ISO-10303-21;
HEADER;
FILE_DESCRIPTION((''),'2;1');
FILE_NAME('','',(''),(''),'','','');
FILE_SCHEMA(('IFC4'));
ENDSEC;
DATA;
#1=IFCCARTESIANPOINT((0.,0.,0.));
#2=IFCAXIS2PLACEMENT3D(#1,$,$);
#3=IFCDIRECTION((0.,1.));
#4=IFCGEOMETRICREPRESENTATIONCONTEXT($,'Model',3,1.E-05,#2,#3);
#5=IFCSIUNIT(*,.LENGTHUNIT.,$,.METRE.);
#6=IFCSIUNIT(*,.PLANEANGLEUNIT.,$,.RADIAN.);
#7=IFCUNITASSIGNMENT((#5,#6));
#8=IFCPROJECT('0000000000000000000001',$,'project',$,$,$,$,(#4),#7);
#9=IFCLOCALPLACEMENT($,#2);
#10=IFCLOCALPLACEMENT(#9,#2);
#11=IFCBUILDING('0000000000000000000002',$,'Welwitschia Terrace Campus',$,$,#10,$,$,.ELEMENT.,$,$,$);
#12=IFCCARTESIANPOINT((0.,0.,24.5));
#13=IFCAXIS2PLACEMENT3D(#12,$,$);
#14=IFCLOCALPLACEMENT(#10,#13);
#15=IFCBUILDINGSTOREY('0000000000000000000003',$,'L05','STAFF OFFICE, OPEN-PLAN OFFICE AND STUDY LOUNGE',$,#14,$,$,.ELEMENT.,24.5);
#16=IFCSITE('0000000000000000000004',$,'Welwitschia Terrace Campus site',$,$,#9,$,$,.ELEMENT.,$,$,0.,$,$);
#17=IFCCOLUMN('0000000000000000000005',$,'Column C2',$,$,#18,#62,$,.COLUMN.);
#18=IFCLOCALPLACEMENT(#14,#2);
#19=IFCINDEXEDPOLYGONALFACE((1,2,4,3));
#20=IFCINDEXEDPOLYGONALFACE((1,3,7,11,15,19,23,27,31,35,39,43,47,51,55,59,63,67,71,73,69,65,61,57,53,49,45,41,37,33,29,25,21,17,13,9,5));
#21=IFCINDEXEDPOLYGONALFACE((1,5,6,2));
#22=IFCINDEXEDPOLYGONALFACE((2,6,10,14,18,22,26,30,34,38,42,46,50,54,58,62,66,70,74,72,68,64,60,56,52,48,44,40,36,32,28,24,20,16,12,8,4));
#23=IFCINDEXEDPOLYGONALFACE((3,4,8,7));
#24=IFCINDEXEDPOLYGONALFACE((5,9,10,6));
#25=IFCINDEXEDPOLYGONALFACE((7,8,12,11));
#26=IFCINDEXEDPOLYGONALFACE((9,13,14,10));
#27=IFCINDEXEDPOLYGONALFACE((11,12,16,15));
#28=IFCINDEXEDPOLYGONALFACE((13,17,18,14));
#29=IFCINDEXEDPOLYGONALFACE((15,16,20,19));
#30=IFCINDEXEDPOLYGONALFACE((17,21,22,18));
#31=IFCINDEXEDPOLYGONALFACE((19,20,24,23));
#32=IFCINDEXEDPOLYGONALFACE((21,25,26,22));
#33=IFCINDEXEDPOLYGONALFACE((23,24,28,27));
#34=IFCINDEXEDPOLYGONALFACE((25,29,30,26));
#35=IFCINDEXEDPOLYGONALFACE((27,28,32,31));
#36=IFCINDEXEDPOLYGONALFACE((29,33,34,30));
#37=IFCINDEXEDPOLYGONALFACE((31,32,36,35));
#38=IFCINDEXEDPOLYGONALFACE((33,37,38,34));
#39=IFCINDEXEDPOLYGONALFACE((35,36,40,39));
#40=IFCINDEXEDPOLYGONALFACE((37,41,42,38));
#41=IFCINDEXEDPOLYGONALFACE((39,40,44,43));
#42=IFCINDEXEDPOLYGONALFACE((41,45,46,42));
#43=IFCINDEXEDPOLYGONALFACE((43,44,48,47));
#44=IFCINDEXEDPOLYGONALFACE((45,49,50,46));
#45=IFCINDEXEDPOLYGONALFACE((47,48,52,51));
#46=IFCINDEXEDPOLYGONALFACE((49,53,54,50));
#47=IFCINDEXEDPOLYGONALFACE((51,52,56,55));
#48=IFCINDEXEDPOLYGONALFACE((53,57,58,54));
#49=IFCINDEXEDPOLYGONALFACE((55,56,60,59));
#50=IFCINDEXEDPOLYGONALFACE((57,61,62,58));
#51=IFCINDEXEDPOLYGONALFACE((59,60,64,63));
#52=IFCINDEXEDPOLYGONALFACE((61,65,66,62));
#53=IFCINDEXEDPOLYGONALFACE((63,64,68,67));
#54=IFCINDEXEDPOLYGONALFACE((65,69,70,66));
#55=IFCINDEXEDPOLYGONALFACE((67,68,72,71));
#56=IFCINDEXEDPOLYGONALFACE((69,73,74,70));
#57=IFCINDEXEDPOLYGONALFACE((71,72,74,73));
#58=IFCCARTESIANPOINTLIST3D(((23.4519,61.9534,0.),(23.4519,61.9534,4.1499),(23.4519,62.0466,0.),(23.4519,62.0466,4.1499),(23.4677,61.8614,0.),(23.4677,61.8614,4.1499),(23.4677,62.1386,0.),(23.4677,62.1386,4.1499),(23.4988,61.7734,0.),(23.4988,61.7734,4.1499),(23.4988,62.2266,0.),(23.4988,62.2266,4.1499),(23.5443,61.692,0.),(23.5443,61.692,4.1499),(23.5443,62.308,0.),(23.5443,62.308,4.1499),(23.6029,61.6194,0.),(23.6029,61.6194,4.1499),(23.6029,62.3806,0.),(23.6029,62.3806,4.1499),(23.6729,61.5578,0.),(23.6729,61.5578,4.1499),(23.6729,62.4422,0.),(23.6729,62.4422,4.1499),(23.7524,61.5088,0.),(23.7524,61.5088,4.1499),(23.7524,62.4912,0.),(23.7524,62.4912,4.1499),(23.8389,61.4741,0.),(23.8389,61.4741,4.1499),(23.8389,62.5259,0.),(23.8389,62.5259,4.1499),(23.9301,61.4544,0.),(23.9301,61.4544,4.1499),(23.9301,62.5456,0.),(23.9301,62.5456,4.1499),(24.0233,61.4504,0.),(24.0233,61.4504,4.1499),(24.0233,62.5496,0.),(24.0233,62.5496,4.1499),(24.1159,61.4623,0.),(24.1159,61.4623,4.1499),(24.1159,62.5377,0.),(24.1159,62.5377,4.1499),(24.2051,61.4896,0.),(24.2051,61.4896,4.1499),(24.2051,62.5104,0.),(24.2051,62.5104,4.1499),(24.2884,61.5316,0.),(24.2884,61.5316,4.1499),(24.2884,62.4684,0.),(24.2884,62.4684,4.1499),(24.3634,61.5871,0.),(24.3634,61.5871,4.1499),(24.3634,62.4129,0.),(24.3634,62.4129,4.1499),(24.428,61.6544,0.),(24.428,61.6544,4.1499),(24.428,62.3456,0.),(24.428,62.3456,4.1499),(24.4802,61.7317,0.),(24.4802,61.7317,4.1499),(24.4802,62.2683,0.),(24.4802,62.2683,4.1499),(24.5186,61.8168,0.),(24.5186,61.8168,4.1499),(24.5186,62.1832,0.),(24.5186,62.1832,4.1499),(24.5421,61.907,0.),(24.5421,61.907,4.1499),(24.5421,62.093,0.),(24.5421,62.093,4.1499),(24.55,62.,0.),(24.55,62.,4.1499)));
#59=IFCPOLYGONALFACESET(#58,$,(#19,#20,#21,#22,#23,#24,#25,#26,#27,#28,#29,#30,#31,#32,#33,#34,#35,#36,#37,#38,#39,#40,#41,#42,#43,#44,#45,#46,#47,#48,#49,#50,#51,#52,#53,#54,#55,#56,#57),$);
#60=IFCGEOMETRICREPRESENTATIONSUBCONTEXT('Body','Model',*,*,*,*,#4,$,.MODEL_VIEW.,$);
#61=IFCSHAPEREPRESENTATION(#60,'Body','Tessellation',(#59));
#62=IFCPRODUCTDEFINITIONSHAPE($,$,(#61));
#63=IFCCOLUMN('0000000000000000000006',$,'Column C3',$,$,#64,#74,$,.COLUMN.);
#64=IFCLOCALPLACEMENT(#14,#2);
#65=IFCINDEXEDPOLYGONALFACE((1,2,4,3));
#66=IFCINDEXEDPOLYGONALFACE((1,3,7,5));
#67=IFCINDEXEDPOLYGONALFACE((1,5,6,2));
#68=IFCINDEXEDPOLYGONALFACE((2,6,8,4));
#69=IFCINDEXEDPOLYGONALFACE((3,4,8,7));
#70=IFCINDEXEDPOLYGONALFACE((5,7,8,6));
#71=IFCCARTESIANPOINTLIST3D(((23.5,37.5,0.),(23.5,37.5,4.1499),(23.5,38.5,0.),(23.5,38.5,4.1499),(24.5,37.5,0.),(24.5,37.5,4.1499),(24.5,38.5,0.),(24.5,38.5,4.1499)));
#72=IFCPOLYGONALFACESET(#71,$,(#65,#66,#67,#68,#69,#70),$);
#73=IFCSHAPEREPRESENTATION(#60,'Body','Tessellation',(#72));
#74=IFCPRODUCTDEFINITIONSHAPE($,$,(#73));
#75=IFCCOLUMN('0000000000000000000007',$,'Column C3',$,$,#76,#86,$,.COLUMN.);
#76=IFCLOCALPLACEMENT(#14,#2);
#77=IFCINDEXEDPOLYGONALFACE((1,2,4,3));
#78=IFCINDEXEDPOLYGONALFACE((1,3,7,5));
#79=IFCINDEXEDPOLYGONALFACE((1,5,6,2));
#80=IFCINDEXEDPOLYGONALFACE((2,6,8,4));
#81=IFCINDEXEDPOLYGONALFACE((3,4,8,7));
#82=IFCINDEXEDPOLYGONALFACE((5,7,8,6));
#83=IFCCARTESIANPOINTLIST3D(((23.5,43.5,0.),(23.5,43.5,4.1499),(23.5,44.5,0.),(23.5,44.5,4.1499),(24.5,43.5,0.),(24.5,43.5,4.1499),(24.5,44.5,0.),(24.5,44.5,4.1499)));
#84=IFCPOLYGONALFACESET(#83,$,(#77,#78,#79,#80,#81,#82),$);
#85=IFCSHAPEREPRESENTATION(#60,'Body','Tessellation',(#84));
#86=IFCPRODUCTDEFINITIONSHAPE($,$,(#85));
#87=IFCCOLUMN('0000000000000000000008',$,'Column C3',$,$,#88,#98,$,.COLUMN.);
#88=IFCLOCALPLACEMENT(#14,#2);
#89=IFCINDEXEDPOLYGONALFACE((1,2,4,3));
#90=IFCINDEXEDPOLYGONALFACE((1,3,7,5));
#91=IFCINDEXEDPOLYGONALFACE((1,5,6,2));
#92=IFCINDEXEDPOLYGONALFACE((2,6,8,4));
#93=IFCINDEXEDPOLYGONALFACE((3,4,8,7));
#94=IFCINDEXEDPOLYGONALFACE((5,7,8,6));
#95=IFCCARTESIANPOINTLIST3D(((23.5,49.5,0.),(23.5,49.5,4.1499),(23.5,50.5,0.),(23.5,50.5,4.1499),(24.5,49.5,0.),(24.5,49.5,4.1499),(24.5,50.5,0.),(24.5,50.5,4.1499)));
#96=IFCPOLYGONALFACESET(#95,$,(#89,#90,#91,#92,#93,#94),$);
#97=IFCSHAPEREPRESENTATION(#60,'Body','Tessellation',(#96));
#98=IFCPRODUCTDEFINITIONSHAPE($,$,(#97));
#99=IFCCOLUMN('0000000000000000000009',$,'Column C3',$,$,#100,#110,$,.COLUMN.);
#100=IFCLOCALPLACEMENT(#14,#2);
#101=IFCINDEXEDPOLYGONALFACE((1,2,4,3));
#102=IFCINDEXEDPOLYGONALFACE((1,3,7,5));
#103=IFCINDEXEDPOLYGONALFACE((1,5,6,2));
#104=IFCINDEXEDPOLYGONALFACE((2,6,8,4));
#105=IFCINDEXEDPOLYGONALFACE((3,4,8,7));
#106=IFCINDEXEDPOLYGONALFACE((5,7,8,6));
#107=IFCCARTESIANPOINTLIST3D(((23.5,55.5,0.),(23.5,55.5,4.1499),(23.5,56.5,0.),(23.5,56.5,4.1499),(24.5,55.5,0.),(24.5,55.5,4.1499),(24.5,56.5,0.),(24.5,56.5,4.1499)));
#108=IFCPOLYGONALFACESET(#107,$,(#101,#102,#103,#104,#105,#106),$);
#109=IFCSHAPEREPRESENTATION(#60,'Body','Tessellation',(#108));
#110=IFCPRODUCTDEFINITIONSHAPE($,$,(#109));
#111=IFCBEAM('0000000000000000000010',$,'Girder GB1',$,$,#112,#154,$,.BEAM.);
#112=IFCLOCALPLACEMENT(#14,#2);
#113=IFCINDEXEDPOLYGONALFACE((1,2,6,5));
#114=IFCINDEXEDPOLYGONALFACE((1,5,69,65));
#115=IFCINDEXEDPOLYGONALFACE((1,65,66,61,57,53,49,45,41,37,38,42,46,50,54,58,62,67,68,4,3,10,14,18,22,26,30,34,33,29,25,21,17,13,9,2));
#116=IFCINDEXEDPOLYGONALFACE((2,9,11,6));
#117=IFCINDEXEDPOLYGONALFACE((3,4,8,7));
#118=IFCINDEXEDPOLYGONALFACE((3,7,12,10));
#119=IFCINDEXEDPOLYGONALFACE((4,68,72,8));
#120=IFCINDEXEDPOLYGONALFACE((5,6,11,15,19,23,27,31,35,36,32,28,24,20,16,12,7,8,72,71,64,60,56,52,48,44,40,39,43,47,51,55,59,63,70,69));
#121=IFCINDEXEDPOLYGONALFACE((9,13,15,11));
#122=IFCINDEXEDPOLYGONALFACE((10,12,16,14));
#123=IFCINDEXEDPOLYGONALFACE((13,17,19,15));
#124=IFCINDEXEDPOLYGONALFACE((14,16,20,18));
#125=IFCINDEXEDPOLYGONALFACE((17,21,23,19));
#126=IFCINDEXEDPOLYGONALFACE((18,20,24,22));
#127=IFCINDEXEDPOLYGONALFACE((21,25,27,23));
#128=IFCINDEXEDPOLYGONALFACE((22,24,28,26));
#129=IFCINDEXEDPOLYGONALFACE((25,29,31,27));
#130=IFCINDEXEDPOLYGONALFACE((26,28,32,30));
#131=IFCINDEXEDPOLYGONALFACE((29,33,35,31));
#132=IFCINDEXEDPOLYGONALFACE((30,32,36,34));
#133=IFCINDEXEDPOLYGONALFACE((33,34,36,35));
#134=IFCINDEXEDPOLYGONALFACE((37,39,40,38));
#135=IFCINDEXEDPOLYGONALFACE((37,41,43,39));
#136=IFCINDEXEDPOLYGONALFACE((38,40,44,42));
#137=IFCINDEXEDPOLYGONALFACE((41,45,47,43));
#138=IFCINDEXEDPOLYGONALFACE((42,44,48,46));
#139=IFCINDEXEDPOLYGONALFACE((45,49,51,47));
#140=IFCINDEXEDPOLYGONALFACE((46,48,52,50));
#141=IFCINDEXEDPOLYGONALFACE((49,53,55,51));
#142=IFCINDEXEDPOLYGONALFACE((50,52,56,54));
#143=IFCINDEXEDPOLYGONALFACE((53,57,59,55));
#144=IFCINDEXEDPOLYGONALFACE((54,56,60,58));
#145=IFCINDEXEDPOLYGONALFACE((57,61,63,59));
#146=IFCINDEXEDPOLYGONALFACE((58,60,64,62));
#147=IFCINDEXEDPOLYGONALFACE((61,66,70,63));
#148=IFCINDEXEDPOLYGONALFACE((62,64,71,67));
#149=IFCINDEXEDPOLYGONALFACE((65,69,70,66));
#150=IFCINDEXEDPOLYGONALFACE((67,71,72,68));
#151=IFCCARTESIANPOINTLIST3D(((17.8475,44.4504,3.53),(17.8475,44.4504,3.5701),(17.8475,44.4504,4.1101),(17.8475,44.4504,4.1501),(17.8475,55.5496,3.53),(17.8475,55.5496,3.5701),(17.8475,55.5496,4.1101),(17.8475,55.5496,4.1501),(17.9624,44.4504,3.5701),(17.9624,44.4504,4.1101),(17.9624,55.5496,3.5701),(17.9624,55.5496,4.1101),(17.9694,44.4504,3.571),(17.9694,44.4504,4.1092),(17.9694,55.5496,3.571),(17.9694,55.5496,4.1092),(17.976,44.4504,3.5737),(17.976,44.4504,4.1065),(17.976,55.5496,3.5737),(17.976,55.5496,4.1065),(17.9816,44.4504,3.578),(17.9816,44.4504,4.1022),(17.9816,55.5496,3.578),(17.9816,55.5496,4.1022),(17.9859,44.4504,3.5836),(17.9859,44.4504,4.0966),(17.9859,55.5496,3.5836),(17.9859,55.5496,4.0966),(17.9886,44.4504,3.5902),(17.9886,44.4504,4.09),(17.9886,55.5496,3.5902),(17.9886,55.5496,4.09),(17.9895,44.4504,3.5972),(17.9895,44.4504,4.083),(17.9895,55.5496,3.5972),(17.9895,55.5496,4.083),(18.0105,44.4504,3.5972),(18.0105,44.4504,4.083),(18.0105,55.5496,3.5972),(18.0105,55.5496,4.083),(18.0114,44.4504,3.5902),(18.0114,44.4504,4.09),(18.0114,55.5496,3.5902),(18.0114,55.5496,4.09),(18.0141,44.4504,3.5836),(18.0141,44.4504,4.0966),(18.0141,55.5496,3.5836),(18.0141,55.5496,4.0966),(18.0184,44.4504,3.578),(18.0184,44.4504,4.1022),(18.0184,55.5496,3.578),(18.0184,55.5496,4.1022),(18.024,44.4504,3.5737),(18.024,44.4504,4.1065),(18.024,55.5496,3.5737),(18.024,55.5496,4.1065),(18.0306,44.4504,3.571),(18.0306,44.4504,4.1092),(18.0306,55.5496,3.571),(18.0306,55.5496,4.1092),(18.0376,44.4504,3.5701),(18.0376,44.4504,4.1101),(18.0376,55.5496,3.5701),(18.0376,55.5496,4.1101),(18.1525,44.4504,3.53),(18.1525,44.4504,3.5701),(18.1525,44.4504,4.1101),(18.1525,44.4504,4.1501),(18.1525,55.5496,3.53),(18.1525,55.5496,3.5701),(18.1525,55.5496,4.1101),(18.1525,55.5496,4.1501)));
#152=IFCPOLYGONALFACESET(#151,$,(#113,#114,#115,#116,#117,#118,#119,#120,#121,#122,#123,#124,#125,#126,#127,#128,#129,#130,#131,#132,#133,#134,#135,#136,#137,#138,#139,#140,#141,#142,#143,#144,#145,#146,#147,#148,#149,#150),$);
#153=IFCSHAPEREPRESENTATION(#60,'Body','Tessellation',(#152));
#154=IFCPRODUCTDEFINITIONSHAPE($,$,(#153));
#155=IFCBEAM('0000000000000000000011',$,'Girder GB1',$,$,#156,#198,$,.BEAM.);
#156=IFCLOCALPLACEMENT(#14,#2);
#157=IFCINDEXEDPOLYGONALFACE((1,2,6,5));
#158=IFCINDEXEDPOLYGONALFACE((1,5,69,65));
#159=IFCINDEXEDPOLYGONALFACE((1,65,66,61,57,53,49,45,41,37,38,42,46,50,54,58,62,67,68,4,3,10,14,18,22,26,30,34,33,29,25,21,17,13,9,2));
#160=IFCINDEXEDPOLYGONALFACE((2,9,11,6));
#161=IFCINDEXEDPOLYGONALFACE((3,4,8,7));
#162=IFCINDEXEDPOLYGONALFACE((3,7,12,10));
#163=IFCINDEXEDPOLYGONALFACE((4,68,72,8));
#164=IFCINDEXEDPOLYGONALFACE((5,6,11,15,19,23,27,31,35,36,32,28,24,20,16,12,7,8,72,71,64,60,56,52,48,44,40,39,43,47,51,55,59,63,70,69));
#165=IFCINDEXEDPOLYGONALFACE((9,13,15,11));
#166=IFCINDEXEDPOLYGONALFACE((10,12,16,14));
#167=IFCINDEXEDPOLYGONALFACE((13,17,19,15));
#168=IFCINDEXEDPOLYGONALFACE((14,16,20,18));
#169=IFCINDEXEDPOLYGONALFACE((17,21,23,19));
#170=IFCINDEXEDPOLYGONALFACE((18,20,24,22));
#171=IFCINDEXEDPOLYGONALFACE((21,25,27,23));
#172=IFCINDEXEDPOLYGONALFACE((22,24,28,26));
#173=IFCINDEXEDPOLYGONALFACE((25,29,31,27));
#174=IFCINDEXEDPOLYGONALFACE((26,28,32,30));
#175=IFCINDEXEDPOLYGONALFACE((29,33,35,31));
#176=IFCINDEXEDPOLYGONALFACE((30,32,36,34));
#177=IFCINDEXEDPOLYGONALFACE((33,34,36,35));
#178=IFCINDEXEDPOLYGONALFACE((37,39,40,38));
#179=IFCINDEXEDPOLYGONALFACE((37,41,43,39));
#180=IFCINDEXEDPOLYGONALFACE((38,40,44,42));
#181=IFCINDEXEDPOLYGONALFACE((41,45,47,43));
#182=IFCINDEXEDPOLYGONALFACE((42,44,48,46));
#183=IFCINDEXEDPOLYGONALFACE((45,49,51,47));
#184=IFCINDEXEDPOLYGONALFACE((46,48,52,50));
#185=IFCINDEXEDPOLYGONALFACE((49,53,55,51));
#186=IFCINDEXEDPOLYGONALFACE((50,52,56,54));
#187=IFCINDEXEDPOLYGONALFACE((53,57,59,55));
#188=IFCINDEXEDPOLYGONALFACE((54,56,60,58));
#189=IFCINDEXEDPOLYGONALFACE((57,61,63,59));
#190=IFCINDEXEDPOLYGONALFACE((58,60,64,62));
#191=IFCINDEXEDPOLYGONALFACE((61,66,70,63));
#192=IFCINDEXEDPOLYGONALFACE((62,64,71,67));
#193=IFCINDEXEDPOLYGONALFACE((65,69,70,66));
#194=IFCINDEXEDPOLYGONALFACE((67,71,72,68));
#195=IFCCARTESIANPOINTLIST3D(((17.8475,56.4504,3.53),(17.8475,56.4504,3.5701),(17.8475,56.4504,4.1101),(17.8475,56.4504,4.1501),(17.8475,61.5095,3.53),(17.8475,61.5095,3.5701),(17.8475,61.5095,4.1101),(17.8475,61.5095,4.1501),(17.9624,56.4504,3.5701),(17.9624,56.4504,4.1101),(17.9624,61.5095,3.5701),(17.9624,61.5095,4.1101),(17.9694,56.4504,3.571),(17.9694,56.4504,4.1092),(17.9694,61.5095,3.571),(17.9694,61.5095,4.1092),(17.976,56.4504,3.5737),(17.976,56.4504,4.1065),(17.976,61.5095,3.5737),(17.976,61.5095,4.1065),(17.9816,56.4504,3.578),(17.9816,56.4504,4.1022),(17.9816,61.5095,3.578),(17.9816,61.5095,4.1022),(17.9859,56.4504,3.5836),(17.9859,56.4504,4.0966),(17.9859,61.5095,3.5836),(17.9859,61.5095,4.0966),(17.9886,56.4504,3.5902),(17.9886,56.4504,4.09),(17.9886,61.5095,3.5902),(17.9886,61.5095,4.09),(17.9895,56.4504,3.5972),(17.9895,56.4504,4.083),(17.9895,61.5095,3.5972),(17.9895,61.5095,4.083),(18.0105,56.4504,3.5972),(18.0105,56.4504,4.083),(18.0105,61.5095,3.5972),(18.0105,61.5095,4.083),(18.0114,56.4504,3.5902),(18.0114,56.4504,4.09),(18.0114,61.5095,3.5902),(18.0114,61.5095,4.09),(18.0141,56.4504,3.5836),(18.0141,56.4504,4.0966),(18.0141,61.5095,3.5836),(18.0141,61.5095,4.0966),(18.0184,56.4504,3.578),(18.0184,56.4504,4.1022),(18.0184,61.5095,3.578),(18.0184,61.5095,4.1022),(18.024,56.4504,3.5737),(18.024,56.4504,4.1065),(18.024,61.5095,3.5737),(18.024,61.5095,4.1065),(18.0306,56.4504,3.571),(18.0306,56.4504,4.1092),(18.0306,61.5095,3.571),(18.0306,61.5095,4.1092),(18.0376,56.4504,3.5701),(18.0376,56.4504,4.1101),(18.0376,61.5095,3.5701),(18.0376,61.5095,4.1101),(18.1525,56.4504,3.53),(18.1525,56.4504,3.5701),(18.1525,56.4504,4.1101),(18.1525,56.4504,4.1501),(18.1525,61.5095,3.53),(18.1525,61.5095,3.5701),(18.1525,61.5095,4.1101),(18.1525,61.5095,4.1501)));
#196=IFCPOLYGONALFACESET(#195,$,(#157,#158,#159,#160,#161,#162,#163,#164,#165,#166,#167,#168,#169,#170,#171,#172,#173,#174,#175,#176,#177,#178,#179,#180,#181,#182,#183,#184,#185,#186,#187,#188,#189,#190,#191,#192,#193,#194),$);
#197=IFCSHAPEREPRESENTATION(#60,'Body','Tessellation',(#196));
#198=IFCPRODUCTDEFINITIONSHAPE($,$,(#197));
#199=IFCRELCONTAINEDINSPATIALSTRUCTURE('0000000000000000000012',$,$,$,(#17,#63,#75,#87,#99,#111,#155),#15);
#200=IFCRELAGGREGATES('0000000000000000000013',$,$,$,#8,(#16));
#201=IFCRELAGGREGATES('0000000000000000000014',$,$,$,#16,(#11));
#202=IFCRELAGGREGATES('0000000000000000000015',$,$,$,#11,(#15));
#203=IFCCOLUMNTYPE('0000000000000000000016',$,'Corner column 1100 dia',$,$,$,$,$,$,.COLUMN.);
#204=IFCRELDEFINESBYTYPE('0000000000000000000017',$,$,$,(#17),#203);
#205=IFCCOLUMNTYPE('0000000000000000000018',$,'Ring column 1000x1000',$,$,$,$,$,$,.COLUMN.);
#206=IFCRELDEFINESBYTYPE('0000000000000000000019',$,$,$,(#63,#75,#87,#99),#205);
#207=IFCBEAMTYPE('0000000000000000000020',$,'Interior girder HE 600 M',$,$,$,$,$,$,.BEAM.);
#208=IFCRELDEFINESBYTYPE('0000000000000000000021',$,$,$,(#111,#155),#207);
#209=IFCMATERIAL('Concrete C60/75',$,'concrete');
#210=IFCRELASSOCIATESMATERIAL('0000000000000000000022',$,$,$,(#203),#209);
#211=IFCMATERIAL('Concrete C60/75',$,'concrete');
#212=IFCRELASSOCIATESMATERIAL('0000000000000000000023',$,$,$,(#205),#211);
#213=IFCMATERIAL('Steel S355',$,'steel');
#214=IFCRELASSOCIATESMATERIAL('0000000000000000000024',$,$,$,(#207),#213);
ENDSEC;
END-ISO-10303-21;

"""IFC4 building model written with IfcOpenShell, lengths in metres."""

from ifc_helpers import new_model, si_unit, direction, frame, origin, origin_2d, place, context, subcontext, project, spatial, rectangle, circle, i_section, extrude, material, material_profile, profile_set, type_object, element, save


model = new_model("IFC4")

# Units and contexts
model_context = context("Model", 3, precision=1e-05, world=origin(), true_north=direction((0.0, 1.0)))
body_context = subcontext(model_context, "Body", "Model", "MODEL_VIEW")
ifc_project = project(units=[si_unit("LENGTHUNIT", "METRE"), si_unit("PLANEANGLEUNIT", "RADIAN")], contexts=[model_context])

# Site, building, storey
site_placement = place(None, origin())
site = spatial("IfcSite", under=ifc_project, at=site_placement, Name="Welwitschia Terrace Campus site", CompositionType="ELEMENT", RefElevation=0.0)
building_placement = place(site_placement, origin())
building = spatial("IfcBuilding", under=site, at=building_placement, Name="Welwitschia Terrace Campus", CompositionType="ELEMENT")
storey_placement = place(building_placement, frame((0.0, 0.0, 24.5)))
storey = spatial("IfcBuildingStorey", under=building, at=storey_placement, Name="L05", Description="STAFF OFFICE, OPEN-PLAN OFFICE AND STUDY LOUNGE", CompositionType="ELEMENT", Elevation=24.5)

# Columns
ifc_material_1 = material(Name="Concrete C60/75", Category="concrete")
ifc_material_profile_1 = material_profile(ifc_material_1, circle(Radius=0.55, at=origin_2d()))
ifc_profile_set_1 = profile_set([ifc_material_profile_1], Name="Concrete C60/75")
column_type_1 = type_object("IfcColumnType", Name="Corner column 1100 dia", PredefinedType="COLUMN", material=ifc_profile_set_1)
column_placement = place(storey_placement, frame((24.0, 62.0, 0.0), z_axis=(0.0, 0.0, 1.0), x_axis=(1.0, 0.0, 0.0)))
element("IfcColumn", 1, at=column_placement, inside=storey, type_object=column_type_1, Name="Column C2", PredefinedType="COLUMN", context=body_context, shape_type="SweptSolid", body=[
    extrude(circle(Radius=0.55, at=origin_2d()), origin(), (0.0, 0.0, 1.0), 4.1499),
])
ifc_material_2 = material(Name="Concrete C60/75", Category="concrete")
ifc_material_profile_2 = material_profile(ifc_material_2, rectangle(XDim=1.0, YDim=1.0, at=origin_2d()))
ifc_profile_set_2 = profile_set([ifc_material_profile_2], Name="Concrete C60/75")
column_type_2 = type_object("IfcColumnType", Name="Ring column 1000x1000", PredefinedType="COLUMN", material=ifc_profile_set_2)
for number, where, z_axis, x_axis, name in (
    (2, (24.0, 38.0, 0.0), (0.0, 0.0, 1.0), (1.0, 0.0, 0.0), "Column C3"),
    (3, (24.0, 44.0, 0.0), (0.0, 0.0, 1.0), (1.0, 0.0, 0.0), "Column C3"),
    (4, (24.0, 50.0, 0.0), (0.0, 0.0, 1.0), (1.0, 0.0, 0.0), "Column C3"),
    (5, (24.0, 56.0, 0.0), (0.0, 0.0, 1.0), (1.0, 0.0, 0.0), "Column C3"),
):
    element("IfcColumn", number, at=place(storey_placement, frame(where, z_axis=z_axis, x_axis=x_axis)), inside=storey, type_object=column_type_2, Name=name, PredefinedType="COLUMN", context=body_context, shape_type="SweptSolid", body=[
        extrude(rectangle(XDim=1.0, YDim=1.0, at=origin_2d()), origin(), (0.0, 0.0, 1.0), 4.1499),
    ])

# Beams
ifc_material_3 = material(Name="Steel S355", Category="steel")
ifc_material_profile_3 = material_profile(ifc_material_3, i_section(OverallWidth=0.3049, OverallDepth=0.6201, WebThickness=0.021, FlangeThickness=0.04, FilletRadius=0.0271, at=origin_2d()))
ifc_profile_set_3 = profile_set([ifc_material_profile_3], Name="Steel S355")
beam_type_1 = type_object("IfcBeamType", Name="Interior girder HE 600 M", PredefinedType="BEAM", material=ifc_profile_set_3)
beam_1_placement = place(storey_placement, frame((18.0, 44.4504, 3.8401), z_axis=(0.0, 1.0, 0.0), x_axis=(-1.0, 0.0, 0.0)))
element("IfcBeam", 6, at=beam_1_placement, inside=storey, type_object=beam_type_1, Name="Girder GB1", PredefinedType="BEAM", context=body_context, shape_type="SweptSolid", body=[
    extrude(i_section(OverallWidth=0.3049, OverallDepth=0.6201, WebThickness=0.021, FlangeThickness=0.04, FilletRadius=0.0271, at=origin_2d()), origin(), (0.0, 0.0, 1.0), 11.0991),
])
beam_2_placement = place(storey_placement, frame((18.0, 56.4504, 3.8401), z_axis=(0.0, 1.0, 0.0), x_axis=(-1.0, 0.0, 0.0)))
element("IfcBeam", 7, at=beam_2_placement, inside=storey, type_object=beam_type_1, Name="Girder GB1", PredefinedType="BEAM", context=body_context, shape_type="SweptSolid", body=[
    extrude(i_section(OverallWidth=0.3049, OverallDepth=0.6201, WebThickness=0.021, FlangeThickness=0.04, FilletRadius=0.0271, at=origin_2d()), origin(), (0.0, 0.0, 1.0), 5.0591),
])

save(model, "model.ifc")
